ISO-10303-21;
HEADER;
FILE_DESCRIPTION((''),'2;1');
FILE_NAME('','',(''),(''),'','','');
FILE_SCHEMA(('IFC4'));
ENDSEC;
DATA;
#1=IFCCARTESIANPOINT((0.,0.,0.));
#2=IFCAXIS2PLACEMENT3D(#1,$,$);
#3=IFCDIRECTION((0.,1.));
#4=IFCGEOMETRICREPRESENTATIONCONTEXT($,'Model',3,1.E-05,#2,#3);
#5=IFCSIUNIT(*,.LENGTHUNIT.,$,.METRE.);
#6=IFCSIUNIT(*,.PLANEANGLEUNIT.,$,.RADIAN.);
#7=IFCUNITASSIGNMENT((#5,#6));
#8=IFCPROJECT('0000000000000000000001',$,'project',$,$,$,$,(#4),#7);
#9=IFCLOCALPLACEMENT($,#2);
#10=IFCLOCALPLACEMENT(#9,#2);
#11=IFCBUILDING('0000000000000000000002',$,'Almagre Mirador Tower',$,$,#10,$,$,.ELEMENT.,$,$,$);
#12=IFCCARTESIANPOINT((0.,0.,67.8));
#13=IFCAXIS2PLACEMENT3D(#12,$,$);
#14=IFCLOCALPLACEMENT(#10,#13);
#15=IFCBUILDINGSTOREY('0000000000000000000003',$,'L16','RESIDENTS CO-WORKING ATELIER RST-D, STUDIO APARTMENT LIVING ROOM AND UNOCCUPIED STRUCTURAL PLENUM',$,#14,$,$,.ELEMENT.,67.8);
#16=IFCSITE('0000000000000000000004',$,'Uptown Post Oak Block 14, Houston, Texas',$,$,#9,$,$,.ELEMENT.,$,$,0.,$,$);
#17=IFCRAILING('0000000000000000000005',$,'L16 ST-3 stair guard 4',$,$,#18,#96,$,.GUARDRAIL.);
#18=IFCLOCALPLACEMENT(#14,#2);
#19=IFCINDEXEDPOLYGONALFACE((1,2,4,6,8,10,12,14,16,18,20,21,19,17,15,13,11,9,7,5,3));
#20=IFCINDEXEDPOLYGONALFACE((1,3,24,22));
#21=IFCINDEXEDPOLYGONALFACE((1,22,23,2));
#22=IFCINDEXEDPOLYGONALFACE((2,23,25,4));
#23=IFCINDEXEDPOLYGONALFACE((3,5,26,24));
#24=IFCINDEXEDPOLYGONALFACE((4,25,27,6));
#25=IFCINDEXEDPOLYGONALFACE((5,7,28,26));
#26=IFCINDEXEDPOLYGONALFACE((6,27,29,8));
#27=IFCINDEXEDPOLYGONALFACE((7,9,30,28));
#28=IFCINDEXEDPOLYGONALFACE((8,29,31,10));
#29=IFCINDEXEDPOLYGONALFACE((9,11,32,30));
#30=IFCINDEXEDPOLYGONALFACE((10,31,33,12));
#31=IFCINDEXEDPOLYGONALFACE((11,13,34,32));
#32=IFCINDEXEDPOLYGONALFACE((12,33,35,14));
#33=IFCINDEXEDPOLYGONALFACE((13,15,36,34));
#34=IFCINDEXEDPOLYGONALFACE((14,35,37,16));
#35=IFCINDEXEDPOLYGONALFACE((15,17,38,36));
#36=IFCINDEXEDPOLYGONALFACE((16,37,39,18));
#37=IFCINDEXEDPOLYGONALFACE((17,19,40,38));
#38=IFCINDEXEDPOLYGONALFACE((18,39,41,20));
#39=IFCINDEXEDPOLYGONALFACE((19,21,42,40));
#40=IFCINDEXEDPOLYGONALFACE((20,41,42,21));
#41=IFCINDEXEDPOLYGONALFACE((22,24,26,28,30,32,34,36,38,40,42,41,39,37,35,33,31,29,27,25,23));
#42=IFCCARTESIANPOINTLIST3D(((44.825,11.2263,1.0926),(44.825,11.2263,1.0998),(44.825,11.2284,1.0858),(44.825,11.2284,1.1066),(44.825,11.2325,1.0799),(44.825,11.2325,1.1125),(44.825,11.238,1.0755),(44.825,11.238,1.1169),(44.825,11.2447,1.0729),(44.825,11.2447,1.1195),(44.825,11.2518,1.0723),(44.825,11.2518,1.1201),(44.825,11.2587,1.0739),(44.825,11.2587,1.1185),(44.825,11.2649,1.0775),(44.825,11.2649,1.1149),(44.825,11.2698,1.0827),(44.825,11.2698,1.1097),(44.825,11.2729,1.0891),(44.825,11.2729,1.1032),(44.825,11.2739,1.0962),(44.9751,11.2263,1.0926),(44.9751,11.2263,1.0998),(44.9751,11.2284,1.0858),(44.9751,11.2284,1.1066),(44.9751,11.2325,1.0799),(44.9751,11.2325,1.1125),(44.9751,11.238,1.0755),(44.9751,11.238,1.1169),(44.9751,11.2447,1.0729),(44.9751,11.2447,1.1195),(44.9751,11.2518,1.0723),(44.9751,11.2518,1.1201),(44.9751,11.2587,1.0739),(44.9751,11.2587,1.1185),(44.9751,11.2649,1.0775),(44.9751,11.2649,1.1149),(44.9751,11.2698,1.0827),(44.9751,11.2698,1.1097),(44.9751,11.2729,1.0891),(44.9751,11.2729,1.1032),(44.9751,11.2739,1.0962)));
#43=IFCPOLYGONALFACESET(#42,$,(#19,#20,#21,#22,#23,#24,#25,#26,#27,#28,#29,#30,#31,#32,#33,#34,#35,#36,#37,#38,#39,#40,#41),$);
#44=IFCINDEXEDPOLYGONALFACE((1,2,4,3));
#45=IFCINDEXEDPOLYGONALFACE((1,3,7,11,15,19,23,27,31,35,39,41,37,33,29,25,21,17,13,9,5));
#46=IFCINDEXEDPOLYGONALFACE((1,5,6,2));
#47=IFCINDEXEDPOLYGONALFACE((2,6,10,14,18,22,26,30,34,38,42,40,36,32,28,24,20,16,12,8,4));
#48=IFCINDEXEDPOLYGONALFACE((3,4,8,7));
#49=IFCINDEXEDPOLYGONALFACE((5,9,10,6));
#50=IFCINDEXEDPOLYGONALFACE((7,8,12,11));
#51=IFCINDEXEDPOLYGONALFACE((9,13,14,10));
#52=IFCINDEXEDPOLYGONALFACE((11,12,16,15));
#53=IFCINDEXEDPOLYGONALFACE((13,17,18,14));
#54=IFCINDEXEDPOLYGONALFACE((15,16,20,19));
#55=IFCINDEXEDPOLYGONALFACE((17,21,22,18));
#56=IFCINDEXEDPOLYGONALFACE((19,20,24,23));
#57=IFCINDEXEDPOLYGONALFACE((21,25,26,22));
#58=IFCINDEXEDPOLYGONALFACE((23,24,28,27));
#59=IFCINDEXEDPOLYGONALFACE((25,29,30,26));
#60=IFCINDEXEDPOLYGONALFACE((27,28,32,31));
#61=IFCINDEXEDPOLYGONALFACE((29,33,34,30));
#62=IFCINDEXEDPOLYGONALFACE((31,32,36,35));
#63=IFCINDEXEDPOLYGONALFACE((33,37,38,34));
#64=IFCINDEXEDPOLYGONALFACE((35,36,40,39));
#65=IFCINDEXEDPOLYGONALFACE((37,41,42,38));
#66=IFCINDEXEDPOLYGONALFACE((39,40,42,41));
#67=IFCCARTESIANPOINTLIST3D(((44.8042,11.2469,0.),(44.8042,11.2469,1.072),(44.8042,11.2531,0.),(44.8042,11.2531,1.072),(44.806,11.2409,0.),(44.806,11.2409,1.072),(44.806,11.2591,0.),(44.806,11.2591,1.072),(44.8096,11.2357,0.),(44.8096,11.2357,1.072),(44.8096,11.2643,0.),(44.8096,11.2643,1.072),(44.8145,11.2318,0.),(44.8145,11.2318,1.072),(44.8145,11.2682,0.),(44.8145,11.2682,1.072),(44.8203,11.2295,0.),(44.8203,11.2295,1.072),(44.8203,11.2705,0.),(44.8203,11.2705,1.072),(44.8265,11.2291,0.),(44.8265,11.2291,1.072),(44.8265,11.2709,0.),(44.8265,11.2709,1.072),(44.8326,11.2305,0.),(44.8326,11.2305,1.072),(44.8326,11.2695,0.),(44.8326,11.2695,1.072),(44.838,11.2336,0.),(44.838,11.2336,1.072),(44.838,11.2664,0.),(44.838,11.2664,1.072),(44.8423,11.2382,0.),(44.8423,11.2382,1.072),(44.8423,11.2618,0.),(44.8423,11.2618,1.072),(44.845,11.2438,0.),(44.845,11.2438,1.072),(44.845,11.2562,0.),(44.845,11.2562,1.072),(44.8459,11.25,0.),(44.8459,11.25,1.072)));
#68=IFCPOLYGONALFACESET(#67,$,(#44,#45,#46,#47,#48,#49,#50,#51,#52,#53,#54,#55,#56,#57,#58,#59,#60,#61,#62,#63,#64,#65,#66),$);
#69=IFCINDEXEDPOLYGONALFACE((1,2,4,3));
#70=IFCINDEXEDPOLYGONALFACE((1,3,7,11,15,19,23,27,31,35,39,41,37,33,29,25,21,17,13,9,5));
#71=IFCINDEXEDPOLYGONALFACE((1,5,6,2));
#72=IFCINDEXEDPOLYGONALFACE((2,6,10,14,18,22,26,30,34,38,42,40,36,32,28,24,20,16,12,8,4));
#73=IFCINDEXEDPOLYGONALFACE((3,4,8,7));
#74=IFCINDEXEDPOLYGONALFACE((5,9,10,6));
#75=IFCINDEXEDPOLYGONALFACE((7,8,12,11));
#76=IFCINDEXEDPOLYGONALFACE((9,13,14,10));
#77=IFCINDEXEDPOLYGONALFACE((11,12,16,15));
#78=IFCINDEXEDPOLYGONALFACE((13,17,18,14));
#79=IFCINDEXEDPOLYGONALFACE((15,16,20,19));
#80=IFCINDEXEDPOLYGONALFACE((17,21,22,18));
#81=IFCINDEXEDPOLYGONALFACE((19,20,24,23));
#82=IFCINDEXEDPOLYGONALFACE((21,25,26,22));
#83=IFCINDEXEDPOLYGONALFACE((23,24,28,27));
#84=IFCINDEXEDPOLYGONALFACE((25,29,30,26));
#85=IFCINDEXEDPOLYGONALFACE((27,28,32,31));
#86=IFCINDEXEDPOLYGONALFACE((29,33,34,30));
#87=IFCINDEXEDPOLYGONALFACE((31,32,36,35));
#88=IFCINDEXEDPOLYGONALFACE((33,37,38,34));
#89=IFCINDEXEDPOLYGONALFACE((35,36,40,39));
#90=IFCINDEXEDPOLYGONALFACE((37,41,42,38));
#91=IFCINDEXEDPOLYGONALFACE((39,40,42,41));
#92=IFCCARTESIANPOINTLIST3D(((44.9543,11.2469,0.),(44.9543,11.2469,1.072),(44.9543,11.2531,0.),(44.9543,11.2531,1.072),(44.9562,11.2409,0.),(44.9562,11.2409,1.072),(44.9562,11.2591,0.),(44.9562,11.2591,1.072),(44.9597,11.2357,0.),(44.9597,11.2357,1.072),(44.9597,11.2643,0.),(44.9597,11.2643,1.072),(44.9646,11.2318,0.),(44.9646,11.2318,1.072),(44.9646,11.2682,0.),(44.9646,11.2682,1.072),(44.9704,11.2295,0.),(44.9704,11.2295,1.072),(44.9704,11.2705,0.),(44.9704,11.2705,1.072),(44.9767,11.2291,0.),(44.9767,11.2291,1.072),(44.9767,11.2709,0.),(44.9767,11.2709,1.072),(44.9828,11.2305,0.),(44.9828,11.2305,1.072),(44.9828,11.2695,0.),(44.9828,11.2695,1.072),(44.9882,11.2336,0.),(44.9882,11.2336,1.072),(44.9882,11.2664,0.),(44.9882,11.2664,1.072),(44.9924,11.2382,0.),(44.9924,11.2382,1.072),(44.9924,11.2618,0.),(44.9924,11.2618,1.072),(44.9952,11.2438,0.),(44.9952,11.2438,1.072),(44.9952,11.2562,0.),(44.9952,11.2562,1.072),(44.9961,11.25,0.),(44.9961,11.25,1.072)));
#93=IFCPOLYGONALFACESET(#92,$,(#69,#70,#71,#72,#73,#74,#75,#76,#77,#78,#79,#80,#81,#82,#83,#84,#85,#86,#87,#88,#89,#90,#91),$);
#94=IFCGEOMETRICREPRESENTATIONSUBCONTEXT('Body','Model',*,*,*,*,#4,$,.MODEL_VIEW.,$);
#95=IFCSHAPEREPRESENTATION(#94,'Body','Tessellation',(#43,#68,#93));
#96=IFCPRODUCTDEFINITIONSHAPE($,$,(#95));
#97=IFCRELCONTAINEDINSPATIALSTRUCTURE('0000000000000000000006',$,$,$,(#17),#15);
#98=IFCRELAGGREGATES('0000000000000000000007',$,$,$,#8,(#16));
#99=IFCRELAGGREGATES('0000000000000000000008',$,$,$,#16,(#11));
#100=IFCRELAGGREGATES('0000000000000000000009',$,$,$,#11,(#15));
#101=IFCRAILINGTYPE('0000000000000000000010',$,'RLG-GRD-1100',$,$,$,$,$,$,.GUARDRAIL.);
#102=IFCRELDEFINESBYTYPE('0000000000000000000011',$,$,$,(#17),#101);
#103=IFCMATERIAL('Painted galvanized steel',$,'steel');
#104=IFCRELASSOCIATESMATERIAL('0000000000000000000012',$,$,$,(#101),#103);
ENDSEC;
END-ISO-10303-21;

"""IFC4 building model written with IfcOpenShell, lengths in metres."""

from ifc_helpers import new_model, si_unit, direction, frame, origin, origin_2d, place, context, subcontext, project, spatial, circle, extrude, material, type_object, element, save


model = new_model("IFC4")

# Units and contexts
model_context = context("Model", 3, precision=1e-05, world=origin(), true_north=direction((0.0, 1.0)))
body_context = subcontext(model_context, "Body", "Model", "MODEL_VIEW")
ifc_project = project(units=[si_unit("LENGTHUNIT", "METRE"), si_unit("PLANEANGLEUNIT", "RADIAN")], contexts=[model_context])

# Site, building, storey
site_placement = place(None, origin())
site = spatial("IfcSite", under=ifc_project, at=site_placement, Name="Uptown Post Oak Block 14, Houston, Texas", CompositionType="ELEMENT", RefElevation=0.0)
building_placement = place(site_placement, origin())
building = spatial("IfcBuilding", under=site, at=building_placement, Name="Almagre Mirador Tower", CompositionType="ELEMENT")
storey_placement = place(building_placement, frame((0.0, 0.0, 67.8)))
storey = spatial("IfcBuildingStorey", under=building, at=storey_placement, Name="L16", Description="RESIDENTS CO-WORKING ATELIER RST-D, STUDIO APARTMENT LIVING ROOM AND UNOCCUPIED STRUCTURAL PLENUM", CompositionType="ELEMENT", Elevation=67.8)

# Railing
ifc_material_1 = material(Name="Painted galvanized steel", Category="steel")
railing_type_1 = type_object("IfcRailingType", Name="RLG-GRD-1100", PredefinedType="GUARDRAIL", material=ifc_material_1)
railing_1_placement = place(storey_placement, frame((44.825, 11.25, 0.0)))
element("IfcRailing", 1, at=railing_1_placement, inside=storey, type_object=railing_type_1, Name="L16 ST-3 stair guard 4", PredefinedType="GUARDRAIL", context=body_context, shape_type="SweptSolid", body=[
    extrude(circle(Radius=0.0239, at=origin_2d()), frame((0.0, 0.0, 1.0962), z_axis=(1.0, 0.0, 0.0), x_axis=(0.0, 1.0, 0.0)), (0.0, 0.0, 1.0), 0.1501),
    extrude(circle(Radius=0.021, at=origin_2d()), origin(), (0.0, 0.0, 1.0), 1.072),
    extrude(circle(Radius=0.021, at=origin_2d()), frame((0.1501, 0.0, 0.0)), (0.0, 0.0, 1.0), 1.072),
])

save(model, "model.ifc")
